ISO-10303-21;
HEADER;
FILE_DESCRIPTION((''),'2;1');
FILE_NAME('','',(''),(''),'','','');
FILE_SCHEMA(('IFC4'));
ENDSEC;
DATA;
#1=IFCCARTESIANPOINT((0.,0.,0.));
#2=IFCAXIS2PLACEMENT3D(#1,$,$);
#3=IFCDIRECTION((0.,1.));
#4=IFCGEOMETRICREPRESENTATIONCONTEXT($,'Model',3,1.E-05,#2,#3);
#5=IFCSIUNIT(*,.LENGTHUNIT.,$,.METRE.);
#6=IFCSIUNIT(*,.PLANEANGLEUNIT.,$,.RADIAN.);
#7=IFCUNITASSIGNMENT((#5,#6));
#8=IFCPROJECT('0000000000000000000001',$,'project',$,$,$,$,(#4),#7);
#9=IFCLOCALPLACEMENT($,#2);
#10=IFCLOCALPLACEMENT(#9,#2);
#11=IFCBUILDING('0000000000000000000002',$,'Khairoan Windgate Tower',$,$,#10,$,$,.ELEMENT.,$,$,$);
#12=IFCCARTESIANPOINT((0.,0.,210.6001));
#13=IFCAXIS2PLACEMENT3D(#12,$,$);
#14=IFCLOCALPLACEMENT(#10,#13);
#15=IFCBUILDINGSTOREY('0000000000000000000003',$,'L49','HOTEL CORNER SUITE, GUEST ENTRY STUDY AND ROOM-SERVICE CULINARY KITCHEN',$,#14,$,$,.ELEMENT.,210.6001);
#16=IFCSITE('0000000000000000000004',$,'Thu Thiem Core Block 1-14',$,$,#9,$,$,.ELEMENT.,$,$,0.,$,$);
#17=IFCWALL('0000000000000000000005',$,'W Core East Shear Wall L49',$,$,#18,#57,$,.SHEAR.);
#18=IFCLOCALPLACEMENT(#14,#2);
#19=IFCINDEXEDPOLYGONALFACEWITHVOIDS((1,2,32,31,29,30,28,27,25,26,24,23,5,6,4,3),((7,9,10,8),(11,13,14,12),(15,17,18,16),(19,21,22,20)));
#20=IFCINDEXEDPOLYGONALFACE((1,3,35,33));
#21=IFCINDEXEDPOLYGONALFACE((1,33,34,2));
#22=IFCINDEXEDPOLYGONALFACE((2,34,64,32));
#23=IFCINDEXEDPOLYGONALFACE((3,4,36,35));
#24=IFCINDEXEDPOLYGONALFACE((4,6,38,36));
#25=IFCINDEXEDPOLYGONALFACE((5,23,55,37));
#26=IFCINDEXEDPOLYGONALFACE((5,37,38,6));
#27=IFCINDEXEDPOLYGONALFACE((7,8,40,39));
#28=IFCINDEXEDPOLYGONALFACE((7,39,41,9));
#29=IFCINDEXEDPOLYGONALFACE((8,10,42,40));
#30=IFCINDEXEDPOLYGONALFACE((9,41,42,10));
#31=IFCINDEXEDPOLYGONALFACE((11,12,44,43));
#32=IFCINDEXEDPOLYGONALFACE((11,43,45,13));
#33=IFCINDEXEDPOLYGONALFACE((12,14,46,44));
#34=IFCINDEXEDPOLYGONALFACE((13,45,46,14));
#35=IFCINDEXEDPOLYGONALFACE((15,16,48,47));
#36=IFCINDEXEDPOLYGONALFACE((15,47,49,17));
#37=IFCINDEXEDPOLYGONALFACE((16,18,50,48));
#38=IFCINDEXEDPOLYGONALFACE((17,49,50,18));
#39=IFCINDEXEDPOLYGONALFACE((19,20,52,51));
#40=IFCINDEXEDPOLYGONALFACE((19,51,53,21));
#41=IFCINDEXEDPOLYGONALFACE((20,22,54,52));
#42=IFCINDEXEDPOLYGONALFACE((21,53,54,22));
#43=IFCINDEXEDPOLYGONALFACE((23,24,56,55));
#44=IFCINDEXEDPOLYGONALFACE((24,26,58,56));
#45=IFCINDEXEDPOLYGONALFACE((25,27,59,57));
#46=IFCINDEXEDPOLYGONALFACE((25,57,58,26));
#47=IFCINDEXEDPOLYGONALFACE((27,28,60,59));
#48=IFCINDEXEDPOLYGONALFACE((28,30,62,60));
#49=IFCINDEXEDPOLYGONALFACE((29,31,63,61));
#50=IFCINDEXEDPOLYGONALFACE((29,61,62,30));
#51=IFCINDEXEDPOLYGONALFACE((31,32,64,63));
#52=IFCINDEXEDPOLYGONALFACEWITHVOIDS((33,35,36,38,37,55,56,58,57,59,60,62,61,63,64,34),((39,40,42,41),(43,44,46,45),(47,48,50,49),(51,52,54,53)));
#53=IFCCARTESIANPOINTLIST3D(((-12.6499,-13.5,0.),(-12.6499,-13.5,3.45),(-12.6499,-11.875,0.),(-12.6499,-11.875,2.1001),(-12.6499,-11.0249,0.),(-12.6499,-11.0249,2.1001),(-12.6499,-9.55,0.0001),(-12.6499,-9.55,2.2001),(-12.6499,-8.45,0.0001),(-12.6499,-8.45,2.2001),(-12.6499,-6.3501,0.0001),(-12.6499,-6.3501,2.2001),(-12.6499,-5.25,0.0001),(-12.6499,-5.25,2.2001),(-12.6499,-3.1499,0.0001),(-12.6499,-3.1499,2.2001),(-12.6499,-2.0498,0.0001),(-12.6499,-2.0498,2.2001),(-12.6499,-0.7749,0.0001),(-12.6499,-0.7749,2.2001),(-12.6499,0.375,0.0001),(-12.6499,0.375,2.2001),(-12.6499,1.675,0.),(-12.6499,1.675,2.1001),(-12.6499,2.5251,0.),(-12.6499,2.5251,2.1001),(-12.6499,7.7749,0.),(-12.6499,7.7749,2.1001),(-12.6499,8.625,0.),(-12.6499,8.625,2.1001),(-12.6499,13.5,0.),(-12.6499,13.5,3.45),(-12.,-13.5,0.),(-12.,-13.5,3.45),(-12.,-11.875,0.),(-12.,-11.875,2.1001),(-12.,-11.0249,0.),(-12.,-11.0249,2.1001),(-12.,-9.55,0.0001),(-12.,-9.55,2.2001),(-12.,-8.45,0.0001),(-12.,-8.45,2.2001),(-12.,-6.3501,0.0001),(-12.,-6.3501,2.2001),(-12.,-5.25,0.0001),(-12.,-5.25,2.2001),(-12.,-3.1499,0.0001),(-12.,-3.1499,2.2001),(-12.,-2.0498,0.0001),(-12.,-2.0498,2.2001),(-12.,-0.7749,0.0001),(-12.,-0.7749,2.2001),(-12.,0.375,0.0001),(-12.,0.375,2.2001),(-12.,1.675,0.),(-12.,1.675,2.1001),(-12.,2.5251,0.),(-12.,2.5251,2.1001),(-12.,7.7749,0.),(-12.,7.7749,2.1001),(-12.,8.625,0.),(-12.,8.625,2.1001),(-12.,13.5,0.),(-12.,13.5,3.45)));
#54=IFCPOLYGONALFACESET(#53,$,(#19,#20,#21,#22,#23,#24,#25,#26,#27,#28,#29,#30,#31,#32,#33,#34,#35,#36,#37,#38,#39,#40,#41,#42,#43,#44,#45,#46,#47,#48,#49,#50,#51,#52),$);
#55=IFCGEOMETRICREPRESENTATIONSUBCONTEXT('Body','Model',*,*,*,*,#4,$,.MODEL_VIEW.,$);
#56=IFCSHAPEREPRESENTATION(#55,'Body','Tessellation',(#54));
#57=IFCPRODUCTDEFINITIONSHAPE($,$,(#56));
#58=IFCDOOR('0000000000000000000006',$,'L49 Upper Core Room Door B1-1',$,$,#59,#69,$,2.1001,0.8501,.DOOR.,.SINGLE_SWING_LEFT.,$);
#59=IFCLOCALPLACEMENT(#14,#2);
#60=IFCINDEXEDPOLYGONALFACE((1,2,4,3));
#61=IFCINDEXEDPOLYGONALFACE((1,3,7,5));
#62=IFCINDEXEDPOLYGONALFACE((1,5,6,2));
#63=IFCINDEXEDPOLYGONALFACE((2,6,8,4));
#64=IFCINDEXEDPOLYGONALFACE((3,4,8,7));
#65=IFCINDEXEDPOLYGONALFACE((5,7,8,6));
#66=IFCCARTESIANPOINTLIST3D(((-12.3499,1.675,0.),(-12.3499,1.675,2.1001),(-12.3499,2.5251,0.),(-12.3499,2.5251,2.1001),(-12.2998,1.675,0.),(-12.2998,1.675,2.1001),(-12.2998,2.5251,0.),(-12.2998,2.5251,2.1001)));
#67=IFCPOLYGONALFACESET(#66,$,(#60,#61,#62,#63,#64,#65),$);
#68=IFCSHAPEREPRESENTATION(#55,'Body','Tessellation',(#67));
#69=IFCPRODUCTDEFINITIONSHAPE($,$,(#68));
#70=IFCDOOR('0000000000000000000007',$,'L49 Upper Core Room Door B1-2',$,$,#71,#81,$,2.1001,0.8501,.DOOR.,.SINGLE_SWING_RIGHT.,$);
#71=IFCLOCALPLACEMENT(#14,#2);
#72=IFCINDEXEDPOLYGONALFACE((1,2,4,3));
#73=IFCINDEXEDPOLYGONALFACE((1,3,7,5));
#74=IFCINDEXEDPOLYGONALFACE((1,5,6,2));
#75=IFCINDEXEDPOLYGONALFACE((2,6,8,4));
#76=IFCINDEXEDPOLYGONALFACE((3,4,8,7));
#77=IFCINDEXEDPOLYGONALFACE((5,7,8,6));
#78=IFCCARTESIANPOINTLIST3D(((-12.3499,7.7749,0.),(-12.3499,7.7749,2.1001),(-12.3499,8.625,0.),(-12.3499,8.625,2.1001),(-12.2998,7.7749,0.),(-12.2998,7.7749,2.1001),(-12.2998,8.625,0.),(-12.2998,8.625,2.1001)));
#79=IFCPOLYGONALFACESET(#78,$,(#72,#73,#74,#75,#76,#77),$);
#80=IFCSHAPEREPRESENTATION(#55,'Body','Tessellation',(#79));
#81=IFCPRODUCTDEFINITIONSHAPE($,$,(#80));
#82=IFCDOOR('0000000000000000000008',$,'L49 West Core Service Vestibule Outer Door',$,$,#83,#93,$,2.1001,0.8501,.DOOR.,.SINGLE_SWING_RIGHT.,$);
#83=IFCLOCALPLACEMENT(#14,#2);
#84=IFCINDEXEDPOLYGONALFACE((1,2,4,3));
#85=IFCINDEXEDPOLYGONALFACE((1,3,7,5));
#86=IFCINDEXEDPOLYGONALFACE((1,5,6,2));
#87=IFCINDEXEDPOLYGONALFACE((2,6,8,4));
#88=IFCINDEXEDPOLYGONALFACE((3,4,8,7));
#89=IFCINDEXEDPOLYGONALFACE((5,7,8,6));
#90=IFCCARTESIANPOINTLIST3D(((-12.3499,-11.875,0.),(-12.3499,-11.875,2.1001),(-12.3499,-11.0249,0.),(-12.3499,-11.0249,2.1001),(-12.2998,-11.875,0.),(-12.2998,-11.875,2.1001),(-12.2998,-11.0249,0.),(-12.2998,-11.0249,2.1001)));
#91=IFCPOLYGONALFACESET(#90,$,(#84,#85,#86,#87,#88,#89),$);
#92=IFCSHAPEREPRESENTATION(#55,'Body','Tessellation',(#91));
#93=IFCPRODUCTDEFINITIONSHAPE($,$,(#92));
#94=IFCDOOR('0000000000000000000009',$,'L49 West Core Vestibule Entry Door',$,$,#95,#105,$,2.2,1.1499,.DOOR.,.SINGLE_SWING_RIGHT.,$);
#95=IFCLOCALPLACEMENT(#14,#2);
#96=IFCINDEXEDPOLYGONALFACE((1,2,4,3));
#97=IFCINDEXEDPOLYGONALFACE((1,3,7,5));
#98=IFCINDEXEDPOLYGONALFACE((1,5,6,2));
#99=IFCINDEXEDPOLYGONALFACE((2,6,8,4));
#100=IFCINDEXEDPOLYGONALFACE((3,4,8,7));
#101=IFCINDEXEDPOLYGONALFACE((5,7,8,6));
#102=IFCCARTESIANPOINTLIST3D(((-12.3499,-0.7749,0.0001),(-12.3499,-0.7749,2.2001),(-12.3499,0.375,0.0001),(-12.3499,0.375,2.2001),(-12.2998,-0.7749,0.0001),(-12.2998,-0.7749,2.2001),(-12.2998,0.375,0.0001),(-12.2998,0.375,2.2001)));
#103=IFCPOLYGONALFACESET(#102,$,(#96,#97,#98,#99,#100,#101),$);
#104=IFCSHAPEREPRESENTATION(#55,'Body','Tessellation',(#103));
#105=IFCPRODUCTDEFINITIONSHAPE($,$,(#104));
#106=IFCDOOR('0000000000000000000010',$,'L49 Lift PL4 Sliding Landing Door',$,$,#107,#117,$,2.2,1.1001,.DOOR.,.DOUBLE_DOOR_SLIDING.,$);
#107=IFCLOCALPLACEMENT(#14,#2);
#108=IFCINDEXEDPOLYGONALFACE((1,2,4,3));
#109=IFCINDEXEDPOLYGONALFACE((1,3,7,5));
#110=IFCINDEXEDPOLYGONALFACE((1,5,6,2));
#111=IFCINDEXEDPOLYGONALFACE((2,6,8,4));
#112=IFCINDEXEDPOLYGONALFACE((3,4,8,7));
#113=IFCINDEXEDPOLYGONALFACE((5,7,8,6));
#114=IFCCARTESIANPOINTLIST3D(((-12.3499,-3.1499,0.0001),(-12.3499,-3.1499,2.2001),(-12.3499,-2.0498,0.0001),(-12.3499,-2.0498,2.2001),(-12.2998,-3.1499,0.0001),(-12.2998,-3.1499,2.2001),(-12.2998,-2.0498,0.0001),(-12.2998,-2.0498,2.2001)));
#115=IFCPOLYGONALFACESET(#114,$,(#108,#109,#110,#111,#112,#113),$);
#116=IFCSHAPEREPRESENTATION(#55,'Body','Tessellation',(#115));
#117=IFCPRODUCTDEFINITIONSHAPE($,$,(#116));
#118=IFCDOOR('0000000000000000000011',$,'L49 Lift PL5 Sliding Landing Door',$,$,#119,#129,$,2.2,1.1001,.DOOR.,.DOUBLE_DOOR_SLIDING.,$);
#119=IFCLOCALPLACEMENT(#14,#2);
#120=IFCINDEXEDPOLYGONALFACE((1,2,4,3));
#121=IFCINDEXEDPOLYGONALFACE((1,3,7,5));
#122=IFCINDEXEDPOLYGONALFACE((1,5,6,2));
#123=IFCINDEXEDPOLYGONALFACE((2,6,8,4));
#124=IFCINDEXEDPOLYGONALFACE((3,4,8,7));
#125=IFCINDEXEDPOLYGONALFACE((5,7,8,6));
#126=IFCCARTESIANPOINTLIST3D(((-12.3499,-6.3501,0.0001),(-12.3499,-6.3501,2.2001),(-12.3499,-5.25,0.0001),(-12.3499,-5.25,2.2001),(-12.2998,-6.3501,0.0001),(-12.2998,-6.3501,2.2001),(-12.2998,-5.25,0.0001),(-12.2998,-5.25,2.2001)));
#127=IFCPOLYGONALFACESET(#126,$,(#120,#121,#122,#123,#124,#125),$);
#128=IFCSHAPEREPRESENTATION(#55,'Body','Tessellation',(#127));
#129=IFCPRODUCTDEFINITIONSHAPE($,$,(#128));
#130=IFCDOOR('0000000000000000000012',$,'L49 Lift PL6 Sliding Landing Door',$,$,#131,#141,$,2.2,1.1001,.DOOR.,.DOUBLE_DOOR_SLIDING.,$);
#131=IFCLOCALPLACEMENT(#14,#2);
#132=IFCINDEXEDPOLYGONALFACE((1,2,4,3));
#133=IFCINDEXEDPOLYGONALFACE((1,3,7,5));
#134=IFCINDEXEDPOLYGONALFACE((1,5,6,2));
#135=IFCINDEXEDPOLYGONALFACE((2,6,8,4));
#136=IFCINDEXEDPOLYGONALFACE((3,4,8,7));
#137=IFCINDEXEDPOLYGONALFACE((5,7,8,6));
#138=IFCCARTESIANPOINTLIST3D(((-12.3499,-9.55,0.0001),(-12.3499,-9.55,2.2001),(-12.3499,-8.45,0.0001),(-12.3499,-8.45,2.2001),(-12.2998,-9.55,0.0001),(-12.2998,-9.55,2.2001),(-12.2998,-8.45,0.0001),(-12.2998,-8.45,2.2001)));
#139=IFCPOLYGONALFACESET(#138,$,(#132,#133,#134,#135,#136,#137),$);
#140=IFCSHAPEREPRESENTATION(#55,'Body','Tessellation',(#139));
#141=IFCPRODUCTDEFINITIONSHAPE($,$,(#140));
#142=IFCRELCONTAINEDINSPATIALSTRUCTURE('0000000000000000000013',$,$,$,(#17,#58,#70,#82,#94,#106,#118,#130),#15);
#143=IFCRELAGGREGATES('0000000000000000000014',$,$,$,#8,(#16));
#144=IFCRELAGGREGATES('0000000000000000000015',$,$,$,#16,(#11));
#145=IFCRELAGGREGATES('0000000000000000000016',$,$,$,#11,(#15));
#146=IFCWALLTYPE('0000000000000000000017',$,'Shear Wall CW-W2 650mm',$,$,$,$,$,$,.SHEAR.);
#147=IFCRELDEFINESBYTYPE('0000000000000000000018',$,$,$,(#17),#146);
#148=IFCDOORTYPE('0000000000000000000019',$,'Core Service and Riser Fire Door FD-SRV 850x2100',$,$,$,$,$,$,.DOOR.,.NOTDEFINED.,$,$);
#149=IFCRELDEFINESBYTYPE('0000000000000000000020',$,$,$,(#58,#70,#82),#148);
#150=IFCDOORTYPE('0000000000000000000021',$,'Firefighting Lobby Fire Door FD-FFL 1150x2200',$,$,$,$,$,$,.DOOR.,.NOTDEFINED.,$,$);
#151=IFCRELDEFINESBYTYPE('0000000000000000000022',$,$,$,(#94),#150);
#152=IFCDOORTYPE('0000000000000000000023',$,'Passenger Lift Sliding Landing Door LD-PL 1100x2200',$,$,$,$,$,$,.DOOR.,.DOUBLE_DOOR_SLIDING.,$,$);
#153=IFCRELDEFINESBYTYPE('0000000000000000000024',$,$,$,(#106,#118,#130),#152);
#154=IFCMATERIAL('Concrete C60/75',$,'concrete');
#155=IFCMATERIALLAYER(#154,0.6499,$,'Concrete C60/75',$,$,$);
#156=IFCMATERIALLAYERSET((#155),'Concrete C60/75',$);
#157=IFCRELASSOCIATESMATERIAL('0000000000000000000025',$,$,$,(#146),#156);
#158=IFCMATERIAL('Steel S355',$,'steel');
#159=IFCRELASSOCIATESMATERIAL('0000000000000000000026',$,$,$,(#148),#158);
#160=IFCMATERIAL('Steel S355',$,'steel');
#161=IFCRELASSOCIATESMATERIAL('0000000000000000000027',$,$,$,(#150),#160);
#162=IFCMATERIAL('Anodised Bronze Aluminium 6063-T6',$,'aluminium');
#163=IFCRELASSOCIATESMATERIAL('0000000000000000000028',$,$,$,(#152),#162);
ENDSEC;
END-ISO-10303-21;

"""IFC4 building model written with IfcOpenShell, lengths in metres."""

from ifc_helpers import new_model, si_unit, direction, frame, frame_2d, origin, place, context, subcontext, project, spatial, rectangle, extrude, material, layer, layer_set, type_object, element, fill, save


model = new_model("IFC4")

# Units and contexts
model_context = context("Model", 3, precision=1e-05, world=origin(), true_north=direction((0.0, 1.0)))
body_context = subcontext(model_context, "Body", "Model", "MODEL_VIEW")
ifc_project = project(units=[si_unit("LENGTHUNIT", "METRE"), si_unit("PLANEANGLEUNIT", "RADIAN")], contexts=[model_context])

# Site, building, storey
site_placement = place(None, origin())
site = spatial("IfcSite", under=ifc_project, at=site_placement, Name="Thu Thiem Core Block 1-14", CompositionType="ELEMENT", RefElevation=0.0)
building_placement = place(site_placement, origin())
building = spatial("IfcBuilding", under=site, at=building_placement, Name="Khairoan Windgate Tower", CompositionType="ELEMENT")
storey_placement = place(building_placement, frame((0.0, 0.0, 210.6001)))
storey = spatial("IfcBuildingStorey", under=building, at=storey_placement, Name="L49", Description="HOTEL CORNER SUITE, GUEST ENTRY STUDY AND ROOM-SERVICE CULINARY KITCHEN", CompositionType="ELEMENT", Elevation=210.6001)

# Wall, openings, doors
ifc_material_1 = material(Name="Concrete C60/75", Category="concrete")
ifc_layer_1 = layer(ifc_material_1, 0.6499, Name="Concrete C60/75")
ifc_layer_set_1 = layer_set([ifc_layer_1], Name="Concrete C60/75")
wall_type_1 = type_object("IfcWallType", Name="Shear Wall CW-W2 650mm", PredefinedType="SHEAR", material=ifc_layer_set_1)
wall_1_placement = place(storey_placement, frame((-12.325, -13.5, 0.0), z_axis=(0.0, 0.0, 1.0), x_axis=(0.0, 1.0, 0.0)))
wall_1 = element("IfcWall", 1, at=wall_1_placement, inside=storey, type_object=wall_type_1, Name="W Core East Shear Wall L49", PredefinedType="SHEAR", context=body_context, shape_type="SweptSolid", body=[
    extrude(rectangle(XDim=27.0, YDim=0.6499, at=frame_2d((13.5, 0.0))), origin(), (0.0, 0.0, 1.0), 3.45),
])
opening_1_placement = place(wall_1_placement, frame((10.3501, 0.0, 0.0)))
opening_1 = element("IfcOpeningElement", 2, at=opening_1_placement, cuts=wall_1, PredefinedType="OPENING", context=body_context, shape_type="SweptSolid", body=[
    extrude(rectangle(XDim=1.1001, YDim=2.2, at=frame_2d((0.55, 1.1001))), frame((0.0, 0.335, 0.0), z_axis=(0.0, -1.0, 0.0), x_axis=(1.0, 0.0, 0.0)), (0.0, 0.0, 1.0), 0.6699),
])
opening_2_placement = place(wall_1_placement, frame((7.1499, 0.0, 0.0)))
opening_2 = element("IfcOpeningElement", 3, at=opening_2_placement, cuts=wall_1, PredefinedType="OPENING", context=body_context, shape_type="SweptSolid", body=[
    extrude(rectangle(XDim=1.1001, YDim=2.2, at=frame_2d((0.55, 1.1001))), frame((0.0, 0.335, 0.0), z_axis=(0.0, -1.0, 0.0), x_axis=(1.0, 0.0, 0.0)), (0.0, 0.0, 1.0), 0.6699),
])
opening_3_placement = place(wall_1_placement, frame((3.95, 0.0, 0.0)))
opening_3 = element("IfcOpeningElement", 4, at=opening_3_placement, cuts=wall_1, PredefinedType="OPENING", context=body_context, shape_type="SweptSolid", body=[
    extrude(rectangle(XDim=1.1001, YDim=2.2, at=frame_2d((0.55, 1.1001))), frame((0.0, 0.335, 0.0), z_axis=(0.0, -1.0, 0.0), x_axis=(1.0, 0.0, 0.0)), (0.0, 0.0, 1.0), 0.6699),
])
opening_4_placement = place(wall_1_placement, frame((15.175, 0.0, 0.0)))
opening_4 = element("IfcOpeningElement", 5, at=opening_4_placement, cuts=wall_1, PredefinedType="OPENING", context=body_context, shape_type="SweptSolid", body=[
    extrude(rectangle(XDim=0.8501, YDim=2.1001, at=frame_2d((0.425, 1.05))), frame((0.0, 0.335, 0.0), z_axis=(0.0, -1.0, 0.0), x_axis=(1.0, 0.0, 0.0)), (0.0, 0.0, 1.0), 0.6699),
])
opening_5_placement = place(wall_1_placement, frame((21.2749, 0.0, 0.0)))
opening_5 = element("IfcOpeningElement", 6, at=opening_5_placement, cuts=wall_1, PredefinedType="OPENING", context=body_context, shape_type="SweptSolid", body=[
    extrude(rectangle(XDim=0.8501, YDim=2.1001, at=frame_2d((0.425, 1.05))), frame((0.0, 0.335, 0.0), z_axis=(0.0, -1.0, 0.0), x_axis=(1.0, 0.0, 0.0)), (0.0, 0.0, 1.0), 0.6699),
])
opening_6_placement = place(wall_1_placement, frame((12.7251, 0.0, 0.0)))
opening_6 = element("IfcOpeningElement", 7, at=opening_6_placement, cuts=wall_1, PredefinedType="OPENING", context=body_context, shape_type="SweptSolid", body=[
    extrude(rectangle(XDim=1.1499, YDim=2.2, at=frame_2d((0.575, 1.1001))), frame((0.0, 0.335, 0.0), z_axis=(0.0, -1.0, 0.0), x_axis=(1.0, 0.0, 0.0)), (0.0, 0.0, 1.0), 0.6699),
])
opening_7_placement = place(wall_1_placement, frame((1.625, 0.0, 0.0)))
opening_7 = element("IfcOpeningElement", 8, at=opening_7_placement, cuts=wall_1, PredefinedType="OPENING", context=body_context, shape_type="SweptSolid", body=[
    extrude(rectangle(XDim=0.8501, YDim=2.1001, at=frame_2d((0.425, 1.05))), frame((0.0, 0.335, 0.0), z_axis=(0.0, -1.0, 0.0), x_axis=(1.0, 0.0, 0.0)), (0.0, 0.0, 1.0), 0.6699),
])
ifc_material_2 = material(Name="Steel S355", Category="steel")
door_type_1 = type_object("IfcDoorType", Name="Core Service and Riser Fire Door FD-SRV 850x2100", OperationType="NOTDEFINED", PredefinedType="DOOR", material=ifc_material_2)
door_1_placement = place(opening_4_placement, origin())
door_1 = element("IfcDoor", 9, at=door_1_placement, inside=storey, type_object=door_type_1, Name="L49 Upper Core Room Door B1-1", OperationType="SINGLE_SWING_LEFT", OverallHeight=2.1001, OverallWidth=0.8501, PredefinedType="DOOR", context=body_context, shape_type="SweptSolid", body=[
    extrude(rectangle(XDim=0.8501, YDim=2.1001, at=frame_2d((0.425, 1.05))), frame((0.0, 0.0249, 0.0), z_axis=(0.0, -1.0, 0.0), x_axis=(1.0, 0.0, 0.0)), (0.0, 0.0, 1.0), 0.05),
])
fill(opening_4, door_1)
door_2_placement = place(opening_5_placement, origin())
door_2 = element("IfcDoor", 10, at=door_2_placement, inside=storey, type_object=door_type_1, Name="L49 Upper Core Room Door B1-2", OperationType="SINGLE_SWING_RIGHT", OverallHeight=2.1001, OverallWidth=0.8501, PredefinedType="DOOR", context=body_context, shape_type="SweptSolid", body=[
    extrude(rectangle(XDim=0.8501, YDim=2.1001, at=frame_2d((0.425, 1.05))), frame((0.0, 0.0249, 0.0), z_axis=(0.0, -1.0, 0.0), x_axis=(1.0, 0.0, 0.0)), (0.0, 0.0, 1.0), 0.05),
])
fill(opening_5, door_2)
door_3_placement = place(opening_7_placement, origin())
door_3 = element("IfcDoor", 11, at=door_3_placement, inside=storey, type_object=door_type_1, Name="L49 West Core Service Vestibule Outer Door", OperationType="SINGLE_SWING_RIGHT", OverallHeight=2.1001, OverallWidth=0.8501, PredefinedType="DOOR", context=body_context, shape_type="SweptSolid", body=[
    extrude(rectangle(XDim=0.8501, YDim=2.1001, at=frame_2d((0.425, 1.05))), frame((0.0, 0.0249, 0.0), z_axis=(0.0, -1.0, 0.0), x_axis=(1.0, 0.0, 0.0)), (0.0, 0.0, 1.0), 0.05),
])
fill(opening_7, door_3)
ifc_material_3 = material(Name="Steel S355", Category="steel")
door_type_2 = type_object("IfcDoorType", Name="Firefighting Lobby Fire Door FD-FFL 1150x2200", OperationType="NOTDEFINED", PredefinedType="DOOR", material=ifc_material_3)
door_4_placement = place(opening_6_placement, origin())
door_4 = element("IfcDoor", 12, at=door_4_placement, inside=storey, type_object=door_type_2, Name="L49 West Core Vestibule Entry Door", OperationType="SINGLE_SWING_RIGHT", OverallHeight=2.2, OverallWidth=1.1499, PredefinedType="DOOR", context=body_context, shape_type="SweptSolid", body=[
    extrude(rectangle(XDim=1.1499, YDim=2.2, at=frame_2d((0.575, 1.1001))), frame((0.0, 0.0249, 0.0), z_axis=(0.0, -1.0, 0.0), x_axis=(1.0, 0.0, 0.0)), (0.0, 0.0, 1.0), 0.05),
])
fill(opening_6, door_4)
ifc_material_4 = material(Name="Anodised Bronze Aluminium 6063-T6", Category="aluminium")
door_type_3 = type_object("IfcDoorType", Name="Passenger Lift Sliding Landing Door LD-PL 1100x2200", OperationType="DOUBLE_DOOR_SLIDING", PredefinedType="DOOR", material=ifc_material_4)
door_5_placement = place(opening_1_placement, origin())
door_5 = element("IfcDoor", 13, at=door_5_placement, inside=storey, type_object=door_type_3, Name="L49 Lift PL4 Sliding Landing Door", OperationType="DOUBLE_DOOR_SLIDING", OverallHeight=2.2, OverallWidth=1.1001, PredefinedType="DOOR", context=body_context, shape_type="SweptSolid", body=[
    extrude(rectangle(XDim=1.1001, YDim=2.2, at=frame_2d((0.55, 1.1001))), frame((0.0, 0.0249, 0.0), z_axis=(0.0, -1.0, 0.0), x_axis=(1.0, 0.0, 0.0)), (0.0, 0.0, 1.0), 0.05),
])
fill(opening_1, door_5)
door_6_placement = place(opening_2_placement, origin())
door_6 = element("IfcDoor", 14, at=door_6_placement, inside=storey, type_object=door_type_3, Name="L49 Lift PL5 Sliding Landing Door", OperationType="DOUBLE_DOOR_SLIDING", OverallHeight=2.2, OverallWidth=1.1001, PredefinedType="DOOR", context=body_context, shape_type="SweptSolid", body=[
    extrude(rectangle(XDim=1.1001, YDim=2.2, at=frame_2d((0.55, 1.1001))), frame((0.0, 0.0249, 0.0), z_axis=(0.0, -1.0, 0.0), x_axis=(1.0, 0.0, 0.0)), (0.0, 0.0, 1.0), 0.05),
])
fill(opening_2, door_6)
door_7_placement = place(opening_3_placement, origin())
door_7 = element("IfcDoor", 15, at=door_7_placement, inside=storey, type_object=door_type_3, Name="L49 Lift PL6 Sliding Landing Door", OperationType="DOUBLE_DOOR_SLIDING", OverallHeight=2.2, OverallWidth=1.1001, PredefinedType="DOOR", context=body_context, shape_type="SweptSolid", body=[
    extrude(rectangle(XDim=1.1001, YDim=2.2, at=frame_2d((0.55, 1.1001))), frame((0.0, 0.0249, 0.0), z_axis=(0.0, -1.0, 0.0), x_axis=(1.0, 0.0, 0.0)), (0.0, 0.0, 1.0), 0.05),
])
fill(opening_3, door_7)

save(model, "model.ifc")
